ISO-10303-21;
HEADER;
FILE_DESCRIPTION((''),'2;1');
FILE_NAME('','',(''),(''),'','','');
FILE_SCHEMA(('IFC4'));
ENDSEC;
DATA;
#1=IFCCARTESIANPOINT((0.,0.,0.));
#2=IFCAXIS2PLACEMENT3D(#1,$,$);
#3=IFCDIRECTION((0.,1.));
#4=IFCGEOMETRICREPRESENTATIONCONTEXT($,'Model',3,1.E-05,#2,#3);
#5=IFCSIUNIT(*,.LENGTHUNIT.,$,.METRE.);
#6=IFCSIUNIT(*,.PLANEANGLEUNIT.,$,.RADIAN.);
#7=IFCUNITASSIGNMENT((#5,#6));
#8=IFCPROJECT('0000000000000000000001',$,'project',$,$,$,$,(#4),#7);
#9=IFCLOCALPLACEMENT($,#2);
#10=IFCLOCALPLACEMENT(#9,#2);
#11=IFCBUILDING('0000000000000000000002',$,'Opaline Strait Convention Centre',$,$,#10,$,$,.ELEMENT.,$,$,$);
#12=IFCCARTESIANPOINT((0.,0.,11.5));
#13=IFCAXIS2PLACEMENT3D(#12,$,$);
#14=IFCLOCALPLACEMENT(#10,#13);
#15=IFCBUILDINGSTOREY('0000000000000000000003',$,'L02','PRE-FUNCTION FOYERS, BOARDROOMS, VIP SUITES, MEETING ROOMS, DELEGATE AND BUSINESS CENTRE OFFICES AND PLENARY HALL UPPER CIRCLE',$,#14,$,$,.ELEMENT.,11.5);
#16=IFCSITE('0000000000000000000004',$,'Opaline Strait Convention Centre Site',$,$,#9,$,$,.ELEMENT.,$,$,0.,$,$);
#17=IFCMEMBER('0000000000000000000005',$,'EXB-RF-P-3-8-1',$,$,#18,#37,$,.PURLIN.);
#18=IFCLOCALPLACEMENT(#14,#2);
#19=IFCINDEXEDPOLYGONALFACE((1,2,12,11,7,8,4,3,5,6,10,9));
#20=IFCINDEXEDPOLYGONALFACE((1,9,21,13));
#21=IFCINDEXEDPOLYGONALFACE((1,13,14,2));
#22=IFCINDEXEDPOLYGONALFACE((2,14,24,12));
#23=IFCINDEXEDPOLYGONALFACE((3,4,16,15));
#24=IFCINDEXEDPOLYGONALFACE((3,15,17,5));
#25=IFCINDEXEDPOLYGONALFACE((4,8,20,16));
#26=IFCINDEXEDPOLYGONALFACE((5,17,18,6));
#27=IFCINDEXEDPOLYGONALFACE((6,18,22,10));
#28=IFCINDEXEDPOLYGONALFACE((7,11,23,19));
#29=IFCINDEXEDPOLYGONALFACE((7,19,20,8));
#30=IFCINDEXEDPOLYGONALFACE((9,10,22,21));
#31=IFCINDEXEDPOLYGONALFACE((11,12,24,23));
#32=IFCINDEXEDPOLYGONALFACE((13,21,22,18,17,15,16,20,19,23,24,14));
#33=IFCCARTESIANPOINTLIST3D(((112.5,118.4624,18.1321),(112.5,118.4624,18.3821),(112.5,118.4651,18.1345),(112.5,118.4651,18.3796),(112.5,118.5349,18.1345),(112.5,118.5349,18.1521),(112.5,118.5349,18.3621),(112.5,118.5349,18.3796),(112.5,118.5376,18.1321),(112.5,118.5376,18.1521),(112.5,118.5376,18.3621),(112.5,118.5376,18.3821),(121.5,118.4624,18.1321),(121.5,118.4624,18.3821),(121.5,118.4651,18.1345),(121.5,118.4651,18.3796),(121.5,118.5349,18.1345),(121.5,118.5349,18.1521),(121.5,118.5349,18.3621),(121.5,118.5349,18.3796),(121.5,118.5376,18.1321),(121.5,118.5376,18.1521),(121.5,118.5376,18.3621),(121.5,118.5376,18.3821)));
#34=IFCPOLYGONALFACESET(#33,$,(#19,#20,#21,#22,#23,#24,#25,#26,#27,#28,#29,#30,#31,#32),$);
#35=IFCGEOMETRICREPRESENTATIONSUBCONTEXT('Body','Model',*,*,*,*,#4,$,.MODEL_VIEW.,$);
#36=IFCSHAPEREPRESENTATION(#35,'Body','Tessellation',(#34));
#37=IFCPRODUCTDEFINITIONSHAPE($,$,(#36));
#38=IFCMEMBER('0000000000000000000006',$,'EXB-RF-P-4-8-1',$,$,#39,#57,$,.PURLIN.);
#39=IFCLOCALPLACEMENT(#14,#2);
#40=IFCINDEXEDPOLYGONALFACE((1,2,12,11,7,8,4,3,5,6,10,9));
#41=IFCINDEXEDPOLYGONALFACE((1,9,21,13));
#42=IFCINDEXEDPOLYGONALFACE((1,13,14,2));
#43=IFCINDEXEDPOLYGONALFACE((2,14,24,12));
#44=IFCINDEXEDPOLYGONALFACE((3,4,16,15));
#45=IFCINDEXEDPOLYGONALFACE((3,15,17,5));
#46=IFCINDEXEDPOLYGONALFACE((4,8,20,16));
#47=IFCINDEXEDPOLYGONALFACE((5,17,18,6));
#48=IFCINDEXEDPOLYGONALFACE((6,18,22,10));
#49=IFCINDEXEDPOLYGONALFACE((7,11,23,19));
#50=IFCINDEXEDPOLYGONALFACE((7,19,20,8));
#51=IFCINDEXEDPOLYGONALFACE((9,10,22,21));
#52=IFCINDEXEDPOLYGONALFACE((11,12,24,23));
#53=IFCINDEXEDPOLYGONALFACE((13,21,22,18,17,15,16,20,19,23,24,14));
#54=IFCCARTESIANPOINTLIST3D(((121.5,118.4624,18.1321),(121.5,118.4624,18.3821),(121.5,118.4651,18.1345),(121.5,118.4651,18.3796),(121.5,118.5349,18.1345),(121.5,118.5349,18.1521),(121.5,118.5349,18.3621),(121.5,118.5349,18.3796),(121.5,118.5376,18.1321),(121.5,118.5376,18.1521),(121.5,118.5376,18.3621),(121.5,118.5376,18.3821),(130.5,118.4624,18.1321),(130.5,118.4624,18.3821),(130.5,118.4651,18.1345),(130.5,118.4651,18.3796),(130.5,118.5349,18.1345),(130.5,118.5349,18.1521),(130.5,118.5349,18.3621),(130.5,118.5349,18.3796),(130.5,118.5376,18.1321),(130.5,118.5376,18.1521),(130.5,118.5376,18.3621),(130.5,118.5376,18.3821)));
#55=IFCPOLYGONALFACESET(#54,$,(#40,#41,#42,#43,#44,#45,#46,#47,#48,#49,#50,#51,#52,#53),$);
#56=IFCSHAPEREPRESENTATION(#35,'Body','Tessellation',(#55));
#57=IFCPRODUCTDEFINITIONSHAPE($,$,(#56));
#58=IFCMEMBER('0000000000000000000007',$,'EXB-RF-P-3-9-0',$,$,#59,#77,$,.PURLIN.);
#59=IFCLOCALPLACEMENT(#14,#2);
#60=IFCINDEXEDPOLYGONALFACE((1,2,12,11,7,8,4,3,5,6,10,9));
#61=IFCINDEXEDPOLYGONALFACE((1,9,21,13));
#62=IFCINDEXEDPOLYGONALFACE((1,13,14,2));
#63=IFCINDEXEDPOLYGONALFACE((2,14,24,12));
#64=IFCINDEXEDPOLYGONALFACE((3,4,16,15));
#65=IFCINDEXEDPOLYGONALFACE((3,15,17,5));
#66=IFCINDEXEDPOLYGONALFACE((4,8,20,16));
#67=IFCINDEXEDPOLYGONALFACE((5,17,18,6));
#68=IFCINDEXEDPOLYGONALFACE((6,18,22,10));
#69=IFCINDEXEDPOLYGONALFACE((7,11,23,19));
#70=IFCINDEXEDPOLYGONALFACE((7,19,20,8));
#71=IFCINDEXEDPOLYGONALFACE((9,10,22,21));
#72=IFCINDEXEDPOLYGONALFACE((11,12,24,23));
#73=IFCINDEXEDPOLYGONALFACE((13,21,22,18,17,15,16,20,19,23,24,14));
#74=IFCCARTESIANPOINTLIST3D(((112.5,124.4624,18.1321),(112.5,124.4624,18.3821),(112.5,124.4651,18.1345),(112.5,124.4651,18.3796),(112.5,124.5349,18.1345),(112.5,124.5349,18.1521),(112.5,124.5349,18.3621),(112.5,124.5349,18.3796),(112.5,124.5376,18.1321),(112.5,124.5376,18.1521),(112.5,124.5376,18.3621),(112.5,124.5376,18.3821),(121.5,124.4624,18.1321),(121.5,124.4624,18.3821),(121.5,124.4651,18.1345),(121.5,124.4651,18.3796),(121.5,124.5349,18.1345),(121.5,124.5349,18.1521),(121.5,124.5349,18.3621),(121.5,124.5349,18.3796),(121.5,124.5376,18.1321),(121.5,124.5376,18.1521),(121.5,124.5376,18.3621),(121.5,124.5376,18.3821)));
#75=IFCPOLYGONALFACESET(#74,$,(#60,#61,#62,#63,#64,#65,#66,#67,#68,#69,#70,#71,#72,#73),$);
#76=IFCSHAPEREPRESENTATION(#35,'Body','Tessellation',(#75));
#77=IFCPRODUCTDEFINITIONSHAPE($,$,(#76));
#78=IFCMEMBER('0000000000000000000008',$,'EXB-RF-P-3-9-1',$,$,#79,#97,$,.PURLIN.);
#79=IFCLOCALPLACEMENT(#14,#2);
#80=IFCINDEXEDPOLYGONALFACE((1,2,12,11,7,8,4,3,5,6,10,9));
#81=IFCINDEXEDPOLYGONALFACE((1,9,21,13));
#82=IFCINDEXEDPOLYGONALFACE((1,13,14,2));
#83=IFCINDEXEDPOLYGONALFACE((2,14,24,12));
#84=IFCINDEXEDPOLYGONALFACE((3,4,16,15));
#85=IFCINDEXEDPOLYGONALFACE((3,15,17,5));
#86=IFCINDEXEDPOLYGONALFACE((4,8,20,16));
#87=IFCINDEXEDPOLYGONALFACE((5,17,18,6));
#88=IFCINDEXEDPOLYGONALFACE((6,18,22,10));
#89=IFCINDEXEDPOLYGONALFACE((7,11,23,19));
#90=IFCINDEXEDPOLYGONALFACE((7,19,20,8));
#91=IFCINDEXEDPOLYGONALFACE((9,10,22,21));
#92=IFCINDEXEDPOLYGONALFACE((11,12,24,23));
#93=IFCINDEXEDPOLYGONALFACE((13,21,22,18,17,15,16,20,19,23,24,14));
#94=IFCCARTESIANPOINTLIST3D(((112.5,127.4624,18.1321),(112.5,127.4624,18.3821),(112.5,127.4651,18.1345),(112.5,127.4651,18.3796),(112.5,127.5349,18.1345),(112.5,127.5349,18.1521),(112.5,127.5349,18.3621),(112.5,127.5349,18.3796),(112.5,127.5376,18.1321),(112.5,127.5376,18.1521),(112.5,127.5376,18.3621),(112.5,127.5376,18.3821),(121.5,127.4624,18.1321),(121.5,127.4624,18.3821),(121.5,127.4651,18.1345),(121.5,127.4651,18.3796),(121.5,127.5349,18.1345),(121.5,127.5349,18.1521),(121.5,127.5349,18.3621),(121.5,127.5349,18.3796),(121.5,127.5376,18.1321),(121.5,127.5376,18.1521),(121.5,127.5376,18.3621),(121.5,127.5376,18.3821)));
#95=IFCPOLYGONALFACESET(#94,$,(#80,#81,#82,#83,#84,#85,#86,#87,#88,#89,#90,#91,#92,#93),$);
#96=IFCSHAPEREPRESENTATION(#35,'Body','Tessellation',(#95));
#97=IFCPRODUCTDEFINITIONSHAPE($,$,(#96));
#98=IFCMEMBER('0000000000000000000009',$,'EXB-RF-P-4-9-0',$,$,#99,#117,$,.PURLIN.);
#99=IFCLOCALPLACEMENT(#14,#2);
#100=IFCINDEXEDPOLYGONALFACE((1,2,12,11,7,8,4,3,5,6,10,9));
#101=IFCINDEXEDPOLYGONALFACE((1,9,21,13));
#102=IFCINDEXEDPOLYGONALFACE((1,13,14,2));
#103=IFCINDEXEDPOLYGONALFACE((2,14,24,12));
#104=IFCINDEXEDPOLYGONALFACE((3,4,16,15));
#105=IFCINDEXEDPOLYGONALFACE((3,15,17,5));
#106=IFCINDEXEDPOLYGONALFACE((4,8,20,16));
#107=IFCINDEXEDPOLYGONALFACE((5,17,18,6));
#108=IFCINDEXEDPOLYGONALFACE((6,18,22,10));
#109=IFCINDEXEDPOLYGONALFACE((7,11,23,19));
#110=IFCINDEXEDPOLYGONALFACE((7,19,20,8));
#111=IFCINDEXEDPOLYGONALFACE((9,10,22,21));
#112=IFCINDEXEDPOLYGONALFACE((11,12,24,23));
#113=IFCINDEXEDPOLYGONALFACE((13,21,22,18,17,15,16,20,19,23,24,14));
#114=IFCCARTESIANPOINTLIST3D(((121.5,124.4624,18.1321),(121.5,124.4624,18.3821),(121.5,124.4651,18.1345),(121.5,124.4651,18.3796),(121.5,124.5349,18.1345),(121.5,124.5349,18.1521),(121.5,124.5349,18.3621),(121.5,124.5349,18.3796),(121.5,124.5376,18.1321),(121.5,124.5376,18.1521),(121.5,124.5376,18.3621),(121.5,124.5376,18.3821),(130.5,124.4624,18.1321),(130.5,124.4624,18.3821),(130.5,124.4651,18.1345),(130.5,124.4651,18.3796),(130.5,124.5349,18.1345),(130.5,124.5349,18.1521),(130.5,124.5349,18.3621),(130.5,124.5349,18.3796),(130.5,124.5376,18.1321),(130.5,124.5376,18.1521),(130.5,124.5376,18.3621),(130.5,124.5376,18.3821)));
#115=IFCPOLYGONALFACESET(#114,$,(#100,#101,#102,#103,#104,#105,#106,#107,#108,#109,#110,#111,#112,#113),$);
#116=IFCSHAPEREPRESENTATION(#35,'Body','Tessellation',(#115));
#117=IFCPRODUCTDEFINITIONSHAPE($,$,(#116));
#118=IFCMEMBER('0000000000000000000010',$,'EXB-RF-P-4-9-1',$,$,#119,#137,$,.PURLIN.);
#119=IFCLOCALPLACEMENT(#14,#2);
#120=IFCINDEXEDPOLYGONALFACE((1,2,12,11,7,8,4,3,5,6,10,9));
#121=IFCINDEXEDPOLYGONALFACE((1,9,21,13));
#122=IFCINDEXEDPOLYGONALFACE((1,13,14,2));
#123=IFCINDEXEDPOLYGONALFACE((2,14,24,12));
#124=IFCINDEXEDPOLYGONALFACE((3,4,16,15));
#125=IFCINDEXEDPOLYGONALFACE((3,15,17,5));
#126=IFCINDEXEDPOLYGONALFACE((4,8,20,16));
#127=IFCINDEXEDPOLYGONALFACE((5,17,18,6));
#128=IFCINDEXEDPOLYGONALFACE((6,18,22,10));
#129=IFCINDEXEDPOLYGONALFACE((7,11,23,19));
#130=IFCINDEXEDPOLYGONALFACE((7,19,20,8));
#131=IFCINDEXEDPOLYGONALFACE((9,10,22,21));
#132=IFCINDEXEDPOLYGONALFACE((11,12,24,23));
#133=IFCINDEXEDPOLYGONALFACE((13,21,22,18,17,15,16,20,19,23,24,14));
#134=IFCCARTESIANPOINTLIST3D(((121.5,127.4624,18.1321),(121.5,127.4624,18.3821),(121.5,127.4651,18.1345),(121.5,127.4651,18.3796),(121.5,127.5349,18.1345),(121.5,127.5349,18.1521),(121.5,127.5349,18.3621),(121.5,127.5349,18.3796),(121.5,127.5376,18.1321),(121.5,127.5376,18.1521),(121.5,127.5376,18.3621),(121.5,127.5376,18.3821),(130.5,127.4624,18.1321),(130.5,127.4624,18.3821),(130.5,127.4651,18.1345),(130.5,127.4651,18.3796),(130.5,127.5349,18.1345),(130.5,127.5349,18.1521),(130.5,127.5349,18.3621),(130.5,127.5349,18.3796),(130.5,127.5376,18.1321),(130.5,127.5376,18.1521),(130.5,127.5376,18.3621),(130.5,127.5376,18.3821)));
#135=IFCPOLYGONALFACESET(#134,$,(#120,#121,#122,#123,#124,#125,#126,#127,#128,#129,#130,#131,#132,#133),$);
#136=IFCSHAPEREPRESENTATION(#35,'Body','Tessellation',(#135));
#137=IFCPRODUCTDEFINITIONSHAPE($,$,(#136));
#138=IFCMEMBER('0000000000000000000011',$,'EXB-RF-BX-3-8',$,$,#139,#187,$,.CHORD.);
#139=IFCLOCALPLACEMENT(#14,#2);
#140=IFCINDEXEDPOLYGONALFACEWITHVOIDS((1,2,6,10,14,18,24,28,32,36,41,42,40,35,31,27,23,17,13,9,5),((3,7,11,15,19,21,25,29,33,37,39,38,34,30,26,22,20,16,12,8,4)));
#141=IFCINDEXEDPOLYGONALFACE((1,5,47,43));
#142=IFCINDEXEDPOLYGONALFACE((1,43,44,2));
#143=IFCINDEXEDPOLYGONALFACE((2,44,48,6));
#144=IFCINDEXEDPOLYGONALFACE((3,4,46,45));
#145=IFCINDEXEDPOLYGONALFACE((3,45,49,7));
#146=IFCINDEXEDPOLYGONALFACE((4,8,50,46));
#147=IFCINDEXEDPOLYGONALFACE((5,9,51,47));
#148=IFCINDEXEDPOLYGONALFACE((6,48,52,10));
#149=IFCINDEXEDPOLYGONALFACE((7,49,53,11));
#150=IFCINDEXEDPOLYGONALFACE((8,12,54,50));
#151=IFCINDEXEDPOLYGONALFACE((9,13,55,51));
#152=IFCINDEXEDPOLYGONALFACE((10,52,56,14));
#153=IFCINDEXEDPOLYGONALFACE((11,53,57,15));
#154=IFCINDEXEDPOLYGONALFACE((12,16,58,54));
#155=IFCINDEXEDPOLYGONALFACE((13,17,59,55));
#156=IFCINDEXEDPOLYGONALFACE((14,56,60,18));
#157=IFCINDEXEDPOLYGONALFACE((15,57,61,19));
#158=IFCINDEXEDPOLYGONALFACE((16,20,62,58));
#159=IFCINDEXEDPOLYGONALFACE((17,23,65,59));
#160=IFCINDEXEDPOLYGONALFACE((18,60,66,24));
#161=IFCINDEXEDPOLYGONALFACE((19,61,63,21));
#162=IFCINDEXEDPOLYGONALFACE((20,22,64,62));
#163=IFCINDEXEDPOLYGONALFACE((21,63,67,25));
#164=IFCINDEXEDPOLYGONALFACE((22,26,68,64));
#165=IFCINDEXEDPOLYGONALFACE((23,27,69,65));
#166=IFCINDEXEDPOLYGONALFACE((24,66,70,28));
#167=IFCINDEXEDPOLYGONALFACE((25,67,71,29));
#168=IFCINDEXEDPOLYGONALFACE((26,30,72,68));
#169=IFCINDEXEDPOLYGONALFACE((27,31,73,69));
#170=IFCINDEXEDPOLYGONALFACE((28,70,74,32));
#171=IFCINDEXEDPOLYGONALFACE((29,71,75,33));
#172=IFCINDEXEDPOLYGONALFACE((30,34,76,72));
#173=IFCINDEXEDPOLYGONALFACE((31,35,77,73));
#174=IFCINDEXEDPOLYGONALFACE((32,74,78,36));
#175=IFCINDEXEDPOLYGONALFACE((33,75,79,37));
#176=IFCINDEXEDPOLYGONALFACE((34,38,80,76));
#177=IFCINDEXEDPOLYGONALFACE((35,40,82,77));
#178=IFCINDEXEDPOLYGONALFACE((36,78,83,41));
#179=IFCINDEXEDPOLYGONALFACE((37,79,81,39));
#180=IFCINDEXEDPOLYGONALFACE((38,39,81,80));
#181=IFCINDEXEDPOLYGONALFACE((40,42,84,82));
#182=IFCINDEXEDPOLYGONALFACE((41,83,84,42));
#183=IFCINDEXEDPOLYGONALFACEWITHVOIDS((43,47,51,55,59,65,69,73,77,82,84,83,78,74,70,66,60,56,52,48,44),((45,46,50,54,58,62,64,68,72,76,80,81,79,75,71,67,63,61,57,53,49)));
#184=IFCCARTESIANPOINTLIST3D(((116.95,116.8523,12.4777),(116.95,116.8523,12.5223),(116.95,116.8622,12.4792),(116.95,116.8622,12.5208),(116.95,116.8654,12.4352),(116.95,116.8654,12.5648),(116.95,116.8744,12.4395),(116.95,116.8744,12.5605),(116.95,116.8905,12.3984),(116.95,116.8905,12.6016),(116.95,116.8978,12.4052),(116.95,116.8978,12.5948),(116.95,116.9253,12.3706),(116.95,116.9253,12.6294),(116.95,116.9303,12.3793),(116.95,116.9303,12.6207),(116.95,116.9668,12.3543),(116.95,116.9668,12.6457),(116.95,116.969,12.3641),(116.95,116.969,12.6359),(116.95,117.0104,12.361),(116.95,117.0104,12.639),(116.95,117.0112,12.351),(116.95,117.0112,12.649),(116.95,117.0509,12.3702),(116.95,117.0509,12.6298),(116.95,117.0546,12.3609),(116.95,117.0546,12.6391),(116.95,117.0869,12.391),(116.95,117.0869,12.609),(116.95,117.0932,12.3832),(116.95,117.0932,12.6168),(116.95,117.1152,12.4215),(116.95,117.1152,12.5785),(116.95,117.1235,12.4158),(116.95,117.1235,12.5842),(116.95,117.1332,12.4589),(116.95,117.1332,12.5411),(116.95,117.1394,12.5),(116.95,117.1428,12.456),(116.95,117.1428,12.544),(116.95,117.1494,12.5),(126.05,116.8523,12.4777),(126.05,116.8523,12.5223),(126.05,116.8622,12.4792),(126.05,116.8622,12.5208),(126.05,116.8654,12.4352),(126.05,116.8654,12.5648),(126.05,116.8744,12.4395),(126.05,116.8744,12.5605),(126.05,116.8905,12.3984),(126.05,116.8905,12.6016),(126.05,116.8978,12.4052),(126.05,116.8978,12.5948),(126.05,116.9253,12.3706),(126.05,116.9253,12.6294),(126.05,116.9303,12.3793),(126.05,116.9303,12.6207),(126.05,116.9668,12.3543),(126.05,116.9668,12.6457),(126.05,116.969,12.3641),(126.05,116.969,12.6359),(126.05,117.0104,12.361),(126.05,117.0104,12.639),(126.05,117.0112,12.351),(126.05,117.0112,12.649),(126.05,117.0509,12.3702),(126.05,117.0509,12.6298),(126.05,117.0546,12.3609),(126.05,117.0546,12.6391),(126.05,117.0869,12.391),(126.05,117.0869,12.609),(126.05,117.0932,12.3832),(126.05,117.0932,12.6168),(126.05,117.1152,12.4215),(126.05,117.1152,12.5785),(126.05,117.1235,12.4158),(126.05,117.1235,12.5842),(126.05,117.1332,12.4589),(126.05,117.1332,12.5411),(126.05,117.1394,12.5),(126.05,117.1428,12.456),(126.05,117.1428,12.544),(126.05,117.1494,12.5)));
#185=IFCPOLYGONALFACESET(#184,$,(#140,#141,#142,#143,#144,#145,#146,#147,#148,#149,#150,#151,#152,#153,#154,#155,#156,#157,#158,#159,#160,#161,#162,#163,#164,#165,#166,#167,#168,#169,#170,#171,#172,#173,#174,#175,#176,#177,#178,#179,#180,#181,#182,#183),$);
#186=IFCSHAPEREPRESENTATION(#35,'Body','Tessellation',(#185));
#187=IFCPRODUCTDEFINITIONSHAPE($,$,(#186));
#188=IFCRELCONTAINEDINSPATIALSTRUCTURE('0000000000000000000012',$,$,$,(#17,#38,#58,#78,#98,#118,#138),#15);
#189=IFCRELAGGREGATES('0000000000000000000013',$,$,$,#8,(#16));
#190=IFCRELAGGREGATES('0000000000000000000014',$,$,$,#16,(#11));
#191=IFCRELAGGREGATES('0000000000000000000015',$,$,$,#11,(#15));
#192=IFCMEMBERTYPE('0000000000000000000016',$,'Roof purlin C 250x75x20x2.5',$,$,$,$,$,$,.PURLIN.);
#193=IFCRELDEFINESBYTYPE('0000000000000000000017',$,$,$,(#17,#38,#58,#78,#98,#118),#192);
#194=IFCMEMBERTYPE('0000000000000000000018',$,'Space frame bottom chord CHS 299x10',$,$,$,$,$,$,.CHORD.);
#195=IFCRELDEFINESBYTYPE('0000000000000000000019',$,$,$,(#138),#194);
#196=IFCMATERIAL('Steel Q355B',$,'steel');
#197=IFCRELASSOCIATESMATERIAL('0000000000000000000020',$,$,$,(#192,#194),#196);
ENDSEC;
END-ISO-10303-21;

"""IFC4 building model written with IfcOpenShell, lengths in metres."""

from ifc_helpers import new_model, si_unit, direction, frame, origin, origin_2d, place, context, subcontext, project, spatial, polyline, hollow_circle, outline, extrude, material, material_profile, profile_set, type_object, element, save


model = new_model("IFC4")

# Units and contexts
model_context = context("Model", 3, precision=1e-05, world=origin(), true_north=direction((0.0, 1.0)))
body_context = subcontext(model_context, "Body", "Model", "MODEL_VIEW")
ifc_project = project(units=[si_unit("LENGTHUNIT", "METRE"), si_unit("PLANEANGLEUNIT", "RADIAN")], contexts=[model_context])

# Site, building, storey
site_placement = place(None, origin())
site = spatial("IfcSite", under=ifc_project, at=site_placement, Name="Opaline Strait Convention Centre Site", CompositionType="ELEMENT", RefElevation=0.0)
building_placement = place(site_placement, origin())
building = spatial("IfcBuilding", under=site, at=building_placement, Name="Opaline Strait Convention Centre", CompositionType="ELEMENT")
storey_placement = place(building_placement, frame((0.0, 0.0, 11.5)))
storey = spatial("IfcBuildingStorey", under=building, at=storey_placement, Name="L02", Description="PRE-FUNCTION FOYERS, BOARDROOMS, VIP SUITES, MEETING ROOMS, DELEGATE AND BUSINESS CENTRE OFFICES AND PLENARY HALL UPPER CIRCLE", CompositionType="ELEMENT", Elevation=11.5)

# Members
ifc_material = material(Name="Steel Q355B", Category="steel")
ifc_material_profile_1 = material_profile(ifc_material, outline(polyline([(-0.0376, -0.125), (0.0376, -0.125), (0.0376, -0.105), (0.0349, -0.105), (0.0349, -0.1226), (-0.0349, -0.1226), (-0.0349, 0.1226), (0.0349, 0.1226), (0.0349, 0.105), (0.0376, 0.105), (0.0376, 0.125), (-0.0376, 0.125), (-0.0376, -0.125)])), Name="C 250x75x20x2.5")
ifc_profile_set_1 = profile_set([ifc_material_profile_1], Name="Steel Q355B")
member_type_1 = type_object("IfcMemberType", Name="Roof purlin C 250x75x20x2.5", PredefinedType="PURLIN", material=ifc_profile_set_1)
for number, where, z_axis, x_axis, name in (
    (1, (112.5, 118.5, 18.2571), (1.0, 0.0, 0.0), (0.0, 1.0, 0.0), "EXB-RF-P-3-8-1"),
    (2, (121.5, 118.5, 18.2571), (1.0, 0.0, 0.0), (0.0, 1.0, 0.0), "EXB-RF-P-4-8-1"),
    (3, (112.5, 124.5, 18.2571), (1.0, 0.0, 0.0), (0.0, 1.0, 0.0), "EXB-RF-P-3-9-0"),
    (4, (112.5, 127.5, 18.2571), (1.0, 0.0, 0.0), (0.0, 1.0, 0.0), "EXB-RF-P-3-9-1"),
    (5, (121.5, 124.5, 18.2571), (1.0, 0.0, 0.0), (0.0, 1.0, 0.0), "EXB-RF-P-4-9-0"),
    (6, (121.5, 127.5, 18.2571), (1.0, 0.0, 0.0), (0.0, 1.0, 0.0), "EXB-RF-P-4-9-1"),
):
    element("IfcMember", number, at=place(storey_placement, frame(where, z_axis=z_axis, x_axis=x_axis)), inside=storey, type_object=member_type_1, Name=name, PredefinedType="PURLIN", context=body_context, shape_type="SweptSolid", body=[
        extrude(outline(polyline([(-0.0376, -0.125), (0.0376, -0.125), (0.0376, -0.105), (0.0349, -0.105), (0.0349, -0.1226), (-0.0349, -0.1226), (-0.0349, 0.1226), (0.0349, 0.1226), (0.0349, 0.105), (0.0376, 0.105), (0.0376, 0.125), (-0.0376, 0.125), (-0.0376, -0.125)])), origin(), (0.0, 0.0, 1.0), 9.0),
    ])
ifc_material_profile_2 = material_profile(ifc_material, hollow_circle(Radius=0.1494, WallThickness=0.01, at=origin_2d()), Name="CHS 299x10")
ifc_profile_set_2 = profile_set([ifc_material_profile_2], Name="Steel Q355B")
member_type_2 = type_object("IfcMemberType", Name="Space frame bottom chord CHS 299x10", PredefinedType="CHORD", material=ifc_profile_set_2)
for number, where, z_axis, x_axis, name in (
    (7, (116.95, 117.0, 12.5), (1.0, 0.0, 0.0), (0.0, 1.0, 0.0), "EXB-RF-BX-3-8"),
):
    element("IfcMember", number, at=place(storey_placement, frame(where, z_axis=z_axis, x_axis=x_axis)), inside=storey, type_object=member_type_2, Name=name, PredefinedType="CHORD", context=body_context, shape_type="SweptSolid", body=[
        extrude(hollow_circle(Radius=0.1494, WallThickness=0.01, at=origin_2d()), origin(), (0.0, 0.0, 1.0), 9.1001),
    ])

save(model, "model.ifc")
